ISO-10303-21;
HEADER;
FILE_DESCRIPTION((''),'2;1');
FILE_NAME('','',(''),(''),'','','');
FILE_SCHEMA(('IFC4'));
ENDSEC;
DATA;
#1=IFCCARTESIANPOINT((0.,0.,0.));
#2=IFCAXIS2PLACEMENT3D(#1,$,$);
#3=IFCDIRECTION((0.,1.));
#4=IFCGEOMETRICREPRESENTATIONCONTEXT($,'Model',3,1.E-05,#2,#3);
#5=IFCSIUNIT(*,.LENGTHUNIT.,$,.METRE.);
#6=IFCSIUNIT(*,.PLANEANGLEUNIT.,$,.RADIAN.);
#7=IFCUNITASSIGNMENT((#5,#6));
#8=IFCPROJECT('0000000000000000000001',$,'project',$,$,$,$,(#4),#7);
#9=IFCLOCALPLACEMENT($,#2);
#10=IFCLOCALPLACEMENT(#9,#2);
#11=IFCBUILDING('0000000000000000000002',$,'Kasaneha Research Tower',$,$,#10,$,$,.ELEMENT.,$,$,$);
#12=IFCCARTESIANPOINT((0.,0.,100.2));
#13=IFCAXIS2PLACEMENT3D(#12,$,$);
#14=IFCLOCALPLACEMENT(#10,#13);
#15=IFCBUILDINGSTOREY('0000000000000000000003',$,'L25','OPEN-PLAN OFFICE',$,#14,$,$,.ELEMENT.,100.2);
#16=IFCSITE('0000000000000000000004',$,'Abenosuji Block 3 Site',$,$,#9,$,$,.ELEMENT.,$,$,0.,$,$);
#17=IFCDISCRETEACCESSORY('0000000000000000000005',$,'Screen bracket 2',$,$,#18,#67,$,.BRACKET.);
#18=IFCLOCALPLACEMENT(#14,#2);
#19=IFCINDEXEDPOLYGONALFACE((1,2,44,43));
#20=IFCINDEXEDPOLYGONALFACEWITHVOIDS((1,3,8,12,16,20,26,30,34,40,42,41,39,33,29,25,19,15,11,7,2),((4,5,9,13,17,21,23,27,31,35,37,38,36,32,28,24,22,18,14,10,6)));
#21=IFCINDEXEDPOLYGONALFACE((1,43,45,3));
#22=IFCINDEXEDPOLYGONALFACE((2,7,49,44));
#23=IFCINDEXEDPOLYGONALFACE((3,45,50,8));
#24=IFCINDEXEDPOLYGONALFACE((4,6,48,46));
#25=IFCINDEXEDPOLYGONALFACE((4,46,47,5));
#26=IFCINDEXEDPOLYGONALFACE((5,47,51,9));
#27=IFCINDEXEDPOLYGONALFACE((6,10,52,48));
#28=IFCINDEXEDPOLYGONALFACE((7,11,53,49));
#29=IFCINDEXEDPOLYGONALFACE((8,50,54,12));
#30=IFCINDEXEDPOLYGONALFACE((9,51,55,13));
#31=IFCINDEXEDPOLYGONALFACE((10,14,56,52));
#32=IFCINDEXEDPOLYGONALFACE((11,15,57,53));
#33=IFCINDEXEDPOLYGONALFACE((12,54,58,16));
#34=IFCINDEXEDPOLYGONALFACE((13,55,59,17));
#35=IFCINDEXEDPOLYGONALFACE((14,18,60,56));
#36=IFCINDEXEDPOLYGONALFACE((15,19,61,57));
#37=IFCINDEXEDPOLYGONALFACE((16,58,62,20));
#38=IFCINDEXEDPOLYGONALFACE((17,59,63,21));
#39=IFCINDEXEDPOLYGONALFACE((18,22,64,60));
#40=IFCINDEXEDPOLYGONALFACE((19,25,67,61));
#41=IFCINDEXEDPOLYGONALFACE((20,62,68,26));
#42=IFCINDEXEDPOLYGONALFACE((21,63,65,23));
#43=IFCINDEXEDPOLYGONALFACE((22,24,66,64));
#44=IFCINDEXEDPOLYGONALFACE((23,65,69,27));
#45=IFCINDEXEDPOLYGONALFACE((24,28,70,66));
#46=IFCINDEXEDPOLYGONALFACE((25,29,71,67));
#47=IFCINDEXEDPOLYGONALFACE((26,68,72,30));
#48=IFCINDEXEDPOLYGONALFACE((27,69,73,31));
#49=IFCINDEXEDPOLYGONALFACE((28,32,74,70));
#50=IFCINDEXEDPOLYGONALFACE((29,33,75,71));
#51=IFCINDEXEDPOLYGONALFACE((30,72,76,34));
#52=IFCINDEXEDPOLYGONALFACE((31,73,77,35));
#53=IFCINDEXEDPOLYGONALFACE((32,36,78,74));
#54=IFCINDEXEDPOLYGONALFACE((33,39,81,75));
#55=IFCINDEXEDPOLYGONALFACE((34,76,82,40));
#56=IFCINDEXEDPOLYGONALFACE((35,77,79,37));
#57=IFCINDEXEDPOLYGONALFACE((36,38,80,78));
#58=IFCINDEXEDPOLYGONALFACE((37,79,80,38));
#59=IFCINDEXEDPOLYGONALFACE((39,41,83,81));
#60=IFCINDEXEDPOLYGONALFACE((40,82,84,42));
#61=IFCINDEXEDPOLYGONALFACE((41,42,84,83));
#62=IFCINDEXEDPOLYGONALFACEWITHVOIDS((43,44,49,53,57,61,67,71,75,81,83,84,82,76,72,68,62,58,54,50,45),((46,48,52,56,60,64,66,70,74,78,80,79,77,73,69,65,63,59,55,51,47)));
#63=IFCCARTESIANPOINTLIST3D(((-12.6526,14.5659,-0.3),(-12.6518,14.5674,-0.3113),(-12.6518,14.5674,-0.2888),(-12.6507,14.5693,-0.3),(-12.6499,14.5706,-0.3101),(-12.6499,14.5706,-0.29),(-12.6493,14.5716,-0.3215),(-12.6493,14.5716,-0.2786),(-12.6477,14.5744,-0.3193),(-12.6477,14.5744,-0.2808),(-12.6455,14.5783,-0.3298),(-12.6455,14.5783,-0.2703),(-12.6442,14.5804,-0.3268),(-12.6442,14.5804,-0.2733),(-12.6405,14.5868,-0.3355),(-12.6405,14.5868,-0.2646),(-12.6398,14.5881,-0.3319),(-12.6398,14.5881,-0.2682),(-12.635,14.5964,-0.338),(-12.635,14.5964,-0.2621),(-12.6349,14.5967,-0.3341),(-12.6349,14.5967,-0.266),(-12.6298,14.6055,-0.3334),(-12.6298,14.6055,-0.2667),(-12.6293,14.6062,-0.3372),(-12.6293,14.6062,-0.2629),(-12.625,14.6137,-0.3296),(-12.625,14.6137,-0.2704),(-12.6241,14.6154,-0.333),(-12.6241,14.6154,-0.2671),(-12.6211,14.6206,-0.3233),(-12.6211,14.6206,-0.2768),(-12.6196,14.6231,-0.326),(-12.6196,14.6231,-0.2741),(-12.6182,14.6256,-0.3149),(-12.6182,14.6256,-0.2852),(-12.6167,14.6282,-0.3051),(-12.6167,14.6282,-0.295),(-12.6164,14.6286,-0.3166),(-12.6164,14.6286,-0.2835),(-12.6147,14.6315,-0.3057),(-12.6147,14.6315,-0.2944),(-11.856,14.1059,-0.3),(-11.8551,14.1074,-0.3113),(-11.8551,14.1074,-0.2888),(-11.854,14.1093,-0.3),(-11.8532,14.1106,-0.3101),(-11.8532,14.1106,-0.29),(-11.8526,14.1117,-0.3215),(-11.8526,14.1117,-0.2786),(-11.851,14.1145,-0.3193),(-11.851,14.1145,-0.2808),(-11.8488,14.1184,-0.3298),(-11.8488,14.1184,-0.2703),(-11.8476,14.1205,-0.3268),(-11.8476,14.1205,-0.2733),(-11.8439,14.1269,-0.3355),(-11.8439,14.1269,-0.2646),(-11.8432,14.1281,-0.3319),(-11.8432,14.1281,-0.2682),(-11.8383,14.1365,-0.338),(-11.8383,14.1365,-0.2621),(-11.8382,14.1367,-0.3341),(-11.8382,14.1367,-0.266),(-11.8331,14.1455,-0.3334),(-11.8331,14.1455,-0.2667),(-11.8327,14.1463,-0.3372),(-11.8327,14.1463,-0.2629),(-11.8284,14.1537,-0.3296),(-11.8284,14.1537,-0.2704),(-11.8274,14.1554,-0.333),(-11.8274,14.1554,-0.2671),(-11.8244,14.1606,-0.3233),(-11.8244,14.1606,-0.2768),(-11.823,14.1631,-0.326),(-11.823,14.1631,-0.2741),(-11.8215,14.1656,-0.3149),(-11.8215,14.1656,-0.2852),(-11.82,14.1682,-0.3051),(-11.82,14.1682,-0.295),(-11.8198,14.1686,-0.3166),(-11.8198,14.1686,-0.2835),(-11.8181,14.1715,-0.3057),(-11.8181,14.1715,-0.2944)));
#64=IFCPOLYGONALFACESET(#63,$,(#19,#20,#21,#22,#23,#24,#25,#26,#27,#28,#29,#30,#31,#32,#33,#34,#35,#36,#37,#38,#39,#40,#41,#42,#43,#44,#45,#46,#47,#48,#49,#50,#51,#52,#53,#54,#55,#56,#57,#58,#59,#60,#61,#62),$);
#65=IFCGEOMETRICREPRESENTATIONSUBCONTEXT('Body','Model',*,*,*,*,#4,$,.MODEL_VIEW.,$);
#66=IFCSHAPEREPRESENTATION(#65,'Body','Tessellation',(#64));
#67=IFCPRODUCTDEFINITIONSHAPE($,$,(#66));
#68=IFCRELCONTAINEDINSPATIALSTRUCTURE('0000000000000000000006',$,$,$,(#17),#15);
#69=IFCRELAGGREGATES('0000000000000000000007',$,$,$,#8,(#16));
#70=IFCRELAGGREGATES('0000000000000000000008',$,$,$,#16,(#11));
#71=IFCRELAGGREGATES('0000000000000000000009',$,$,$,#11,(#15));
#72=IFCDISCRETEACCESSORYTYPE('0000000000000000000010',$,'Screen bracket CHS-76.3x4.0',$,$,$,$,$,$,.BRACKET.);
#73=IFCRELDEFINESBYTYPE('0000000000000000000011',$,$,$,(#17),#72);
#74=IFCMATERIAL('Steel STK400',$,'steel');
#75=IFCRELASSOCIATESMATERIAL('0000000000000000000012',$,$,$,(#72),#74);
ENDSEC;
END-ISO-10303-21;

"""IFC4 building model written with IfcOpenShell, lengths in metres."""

from ifc_helpers import new_model, si_unit, direction, frame, origin, origin_2d, place, context, subcontext, project, spatial, hollow_circle, extrude, material, material_profile, profile_set, type_object, element, save


model = new_model("IFC4")

# Units and contexts
model_context = context("Model", 3, precision=1e-05, world=origin(), true_north=direction((0.0, 1.0)))
body_context = subcontext(model_context, "Body", "Model", "MODEL_VIEW")
ifc_project = project(units=[si_unit("LENGTHUNIT", "METRE"), si_unit("PLANEANGLEUNIT", "RADIAN")], contexts=[model_context])

# Site, building, storey
site_placement = place(None, origin())
site = spatial("IfcSite", under=ifc_project, at=site_placement, Name="Abenosuji Block 3 Site", CompositionType="ELEMENT", RefElevation=0.0)
building_placement = place(site_placement, origin())
building = spatial("IfcBuilding", under=site, at=building_placement, Name="Kasaneha Research Tower", CompositionType="ELEMENT")
storey_placement = place(building_placement, frame((0.0, 0.0, 100.2)))
storey = spatial("IfcBuildingStorey", under=building, at=storey_placement, Name="L25", Description="OPEN-PLAN OFFICE", CompositionType="ELEMENT", Elevation=100.2)

# Discrete accessory
ifc_material_1 = material(Name="Steel STK400", Category="steel")
ifc_material_profile_1 = material_profile(ifc_material_1, hollow_circle(Radius=0.0381, WallThickness=0.0039, at=origin_2d()), Name="CHS-76.3x4.0")
ifc_profile_set_1 = profile_set([ifc_material_profile_1], Name="Steel STK400")
discrete_accessory_type = type_object("IfcDiscreteAccessoryType", Name="Screen bracket CHS-76.3x4.0", PredefinedType="BRACKET", material=ifc_profile_set_1)
discrete_accessory_1_placement = place(storey_placement, frame((-11.8369, 14.1389, -0.3), z_axis=(-0.866013, 0.500021, 0.0), x_axis=(-0.500021, -0.866013, 0.0)))
element("IfcDiscreteAccessory", 1, at=discrete_accessory_1_placement, inside=storey, type_object=discrete_accessory_type, Name="Screen bracket 2", PredefinedType="BRACKET", context=body_context, shape_type="SweptSolid", body=[
    extrude(hollow_circle(Radius=0.0381, WallThickness=0.0039, at=origin_2d()), origin(), (0.0, 0.0, 1.0), 0.9199),
])

save(model, "model.ifc")
